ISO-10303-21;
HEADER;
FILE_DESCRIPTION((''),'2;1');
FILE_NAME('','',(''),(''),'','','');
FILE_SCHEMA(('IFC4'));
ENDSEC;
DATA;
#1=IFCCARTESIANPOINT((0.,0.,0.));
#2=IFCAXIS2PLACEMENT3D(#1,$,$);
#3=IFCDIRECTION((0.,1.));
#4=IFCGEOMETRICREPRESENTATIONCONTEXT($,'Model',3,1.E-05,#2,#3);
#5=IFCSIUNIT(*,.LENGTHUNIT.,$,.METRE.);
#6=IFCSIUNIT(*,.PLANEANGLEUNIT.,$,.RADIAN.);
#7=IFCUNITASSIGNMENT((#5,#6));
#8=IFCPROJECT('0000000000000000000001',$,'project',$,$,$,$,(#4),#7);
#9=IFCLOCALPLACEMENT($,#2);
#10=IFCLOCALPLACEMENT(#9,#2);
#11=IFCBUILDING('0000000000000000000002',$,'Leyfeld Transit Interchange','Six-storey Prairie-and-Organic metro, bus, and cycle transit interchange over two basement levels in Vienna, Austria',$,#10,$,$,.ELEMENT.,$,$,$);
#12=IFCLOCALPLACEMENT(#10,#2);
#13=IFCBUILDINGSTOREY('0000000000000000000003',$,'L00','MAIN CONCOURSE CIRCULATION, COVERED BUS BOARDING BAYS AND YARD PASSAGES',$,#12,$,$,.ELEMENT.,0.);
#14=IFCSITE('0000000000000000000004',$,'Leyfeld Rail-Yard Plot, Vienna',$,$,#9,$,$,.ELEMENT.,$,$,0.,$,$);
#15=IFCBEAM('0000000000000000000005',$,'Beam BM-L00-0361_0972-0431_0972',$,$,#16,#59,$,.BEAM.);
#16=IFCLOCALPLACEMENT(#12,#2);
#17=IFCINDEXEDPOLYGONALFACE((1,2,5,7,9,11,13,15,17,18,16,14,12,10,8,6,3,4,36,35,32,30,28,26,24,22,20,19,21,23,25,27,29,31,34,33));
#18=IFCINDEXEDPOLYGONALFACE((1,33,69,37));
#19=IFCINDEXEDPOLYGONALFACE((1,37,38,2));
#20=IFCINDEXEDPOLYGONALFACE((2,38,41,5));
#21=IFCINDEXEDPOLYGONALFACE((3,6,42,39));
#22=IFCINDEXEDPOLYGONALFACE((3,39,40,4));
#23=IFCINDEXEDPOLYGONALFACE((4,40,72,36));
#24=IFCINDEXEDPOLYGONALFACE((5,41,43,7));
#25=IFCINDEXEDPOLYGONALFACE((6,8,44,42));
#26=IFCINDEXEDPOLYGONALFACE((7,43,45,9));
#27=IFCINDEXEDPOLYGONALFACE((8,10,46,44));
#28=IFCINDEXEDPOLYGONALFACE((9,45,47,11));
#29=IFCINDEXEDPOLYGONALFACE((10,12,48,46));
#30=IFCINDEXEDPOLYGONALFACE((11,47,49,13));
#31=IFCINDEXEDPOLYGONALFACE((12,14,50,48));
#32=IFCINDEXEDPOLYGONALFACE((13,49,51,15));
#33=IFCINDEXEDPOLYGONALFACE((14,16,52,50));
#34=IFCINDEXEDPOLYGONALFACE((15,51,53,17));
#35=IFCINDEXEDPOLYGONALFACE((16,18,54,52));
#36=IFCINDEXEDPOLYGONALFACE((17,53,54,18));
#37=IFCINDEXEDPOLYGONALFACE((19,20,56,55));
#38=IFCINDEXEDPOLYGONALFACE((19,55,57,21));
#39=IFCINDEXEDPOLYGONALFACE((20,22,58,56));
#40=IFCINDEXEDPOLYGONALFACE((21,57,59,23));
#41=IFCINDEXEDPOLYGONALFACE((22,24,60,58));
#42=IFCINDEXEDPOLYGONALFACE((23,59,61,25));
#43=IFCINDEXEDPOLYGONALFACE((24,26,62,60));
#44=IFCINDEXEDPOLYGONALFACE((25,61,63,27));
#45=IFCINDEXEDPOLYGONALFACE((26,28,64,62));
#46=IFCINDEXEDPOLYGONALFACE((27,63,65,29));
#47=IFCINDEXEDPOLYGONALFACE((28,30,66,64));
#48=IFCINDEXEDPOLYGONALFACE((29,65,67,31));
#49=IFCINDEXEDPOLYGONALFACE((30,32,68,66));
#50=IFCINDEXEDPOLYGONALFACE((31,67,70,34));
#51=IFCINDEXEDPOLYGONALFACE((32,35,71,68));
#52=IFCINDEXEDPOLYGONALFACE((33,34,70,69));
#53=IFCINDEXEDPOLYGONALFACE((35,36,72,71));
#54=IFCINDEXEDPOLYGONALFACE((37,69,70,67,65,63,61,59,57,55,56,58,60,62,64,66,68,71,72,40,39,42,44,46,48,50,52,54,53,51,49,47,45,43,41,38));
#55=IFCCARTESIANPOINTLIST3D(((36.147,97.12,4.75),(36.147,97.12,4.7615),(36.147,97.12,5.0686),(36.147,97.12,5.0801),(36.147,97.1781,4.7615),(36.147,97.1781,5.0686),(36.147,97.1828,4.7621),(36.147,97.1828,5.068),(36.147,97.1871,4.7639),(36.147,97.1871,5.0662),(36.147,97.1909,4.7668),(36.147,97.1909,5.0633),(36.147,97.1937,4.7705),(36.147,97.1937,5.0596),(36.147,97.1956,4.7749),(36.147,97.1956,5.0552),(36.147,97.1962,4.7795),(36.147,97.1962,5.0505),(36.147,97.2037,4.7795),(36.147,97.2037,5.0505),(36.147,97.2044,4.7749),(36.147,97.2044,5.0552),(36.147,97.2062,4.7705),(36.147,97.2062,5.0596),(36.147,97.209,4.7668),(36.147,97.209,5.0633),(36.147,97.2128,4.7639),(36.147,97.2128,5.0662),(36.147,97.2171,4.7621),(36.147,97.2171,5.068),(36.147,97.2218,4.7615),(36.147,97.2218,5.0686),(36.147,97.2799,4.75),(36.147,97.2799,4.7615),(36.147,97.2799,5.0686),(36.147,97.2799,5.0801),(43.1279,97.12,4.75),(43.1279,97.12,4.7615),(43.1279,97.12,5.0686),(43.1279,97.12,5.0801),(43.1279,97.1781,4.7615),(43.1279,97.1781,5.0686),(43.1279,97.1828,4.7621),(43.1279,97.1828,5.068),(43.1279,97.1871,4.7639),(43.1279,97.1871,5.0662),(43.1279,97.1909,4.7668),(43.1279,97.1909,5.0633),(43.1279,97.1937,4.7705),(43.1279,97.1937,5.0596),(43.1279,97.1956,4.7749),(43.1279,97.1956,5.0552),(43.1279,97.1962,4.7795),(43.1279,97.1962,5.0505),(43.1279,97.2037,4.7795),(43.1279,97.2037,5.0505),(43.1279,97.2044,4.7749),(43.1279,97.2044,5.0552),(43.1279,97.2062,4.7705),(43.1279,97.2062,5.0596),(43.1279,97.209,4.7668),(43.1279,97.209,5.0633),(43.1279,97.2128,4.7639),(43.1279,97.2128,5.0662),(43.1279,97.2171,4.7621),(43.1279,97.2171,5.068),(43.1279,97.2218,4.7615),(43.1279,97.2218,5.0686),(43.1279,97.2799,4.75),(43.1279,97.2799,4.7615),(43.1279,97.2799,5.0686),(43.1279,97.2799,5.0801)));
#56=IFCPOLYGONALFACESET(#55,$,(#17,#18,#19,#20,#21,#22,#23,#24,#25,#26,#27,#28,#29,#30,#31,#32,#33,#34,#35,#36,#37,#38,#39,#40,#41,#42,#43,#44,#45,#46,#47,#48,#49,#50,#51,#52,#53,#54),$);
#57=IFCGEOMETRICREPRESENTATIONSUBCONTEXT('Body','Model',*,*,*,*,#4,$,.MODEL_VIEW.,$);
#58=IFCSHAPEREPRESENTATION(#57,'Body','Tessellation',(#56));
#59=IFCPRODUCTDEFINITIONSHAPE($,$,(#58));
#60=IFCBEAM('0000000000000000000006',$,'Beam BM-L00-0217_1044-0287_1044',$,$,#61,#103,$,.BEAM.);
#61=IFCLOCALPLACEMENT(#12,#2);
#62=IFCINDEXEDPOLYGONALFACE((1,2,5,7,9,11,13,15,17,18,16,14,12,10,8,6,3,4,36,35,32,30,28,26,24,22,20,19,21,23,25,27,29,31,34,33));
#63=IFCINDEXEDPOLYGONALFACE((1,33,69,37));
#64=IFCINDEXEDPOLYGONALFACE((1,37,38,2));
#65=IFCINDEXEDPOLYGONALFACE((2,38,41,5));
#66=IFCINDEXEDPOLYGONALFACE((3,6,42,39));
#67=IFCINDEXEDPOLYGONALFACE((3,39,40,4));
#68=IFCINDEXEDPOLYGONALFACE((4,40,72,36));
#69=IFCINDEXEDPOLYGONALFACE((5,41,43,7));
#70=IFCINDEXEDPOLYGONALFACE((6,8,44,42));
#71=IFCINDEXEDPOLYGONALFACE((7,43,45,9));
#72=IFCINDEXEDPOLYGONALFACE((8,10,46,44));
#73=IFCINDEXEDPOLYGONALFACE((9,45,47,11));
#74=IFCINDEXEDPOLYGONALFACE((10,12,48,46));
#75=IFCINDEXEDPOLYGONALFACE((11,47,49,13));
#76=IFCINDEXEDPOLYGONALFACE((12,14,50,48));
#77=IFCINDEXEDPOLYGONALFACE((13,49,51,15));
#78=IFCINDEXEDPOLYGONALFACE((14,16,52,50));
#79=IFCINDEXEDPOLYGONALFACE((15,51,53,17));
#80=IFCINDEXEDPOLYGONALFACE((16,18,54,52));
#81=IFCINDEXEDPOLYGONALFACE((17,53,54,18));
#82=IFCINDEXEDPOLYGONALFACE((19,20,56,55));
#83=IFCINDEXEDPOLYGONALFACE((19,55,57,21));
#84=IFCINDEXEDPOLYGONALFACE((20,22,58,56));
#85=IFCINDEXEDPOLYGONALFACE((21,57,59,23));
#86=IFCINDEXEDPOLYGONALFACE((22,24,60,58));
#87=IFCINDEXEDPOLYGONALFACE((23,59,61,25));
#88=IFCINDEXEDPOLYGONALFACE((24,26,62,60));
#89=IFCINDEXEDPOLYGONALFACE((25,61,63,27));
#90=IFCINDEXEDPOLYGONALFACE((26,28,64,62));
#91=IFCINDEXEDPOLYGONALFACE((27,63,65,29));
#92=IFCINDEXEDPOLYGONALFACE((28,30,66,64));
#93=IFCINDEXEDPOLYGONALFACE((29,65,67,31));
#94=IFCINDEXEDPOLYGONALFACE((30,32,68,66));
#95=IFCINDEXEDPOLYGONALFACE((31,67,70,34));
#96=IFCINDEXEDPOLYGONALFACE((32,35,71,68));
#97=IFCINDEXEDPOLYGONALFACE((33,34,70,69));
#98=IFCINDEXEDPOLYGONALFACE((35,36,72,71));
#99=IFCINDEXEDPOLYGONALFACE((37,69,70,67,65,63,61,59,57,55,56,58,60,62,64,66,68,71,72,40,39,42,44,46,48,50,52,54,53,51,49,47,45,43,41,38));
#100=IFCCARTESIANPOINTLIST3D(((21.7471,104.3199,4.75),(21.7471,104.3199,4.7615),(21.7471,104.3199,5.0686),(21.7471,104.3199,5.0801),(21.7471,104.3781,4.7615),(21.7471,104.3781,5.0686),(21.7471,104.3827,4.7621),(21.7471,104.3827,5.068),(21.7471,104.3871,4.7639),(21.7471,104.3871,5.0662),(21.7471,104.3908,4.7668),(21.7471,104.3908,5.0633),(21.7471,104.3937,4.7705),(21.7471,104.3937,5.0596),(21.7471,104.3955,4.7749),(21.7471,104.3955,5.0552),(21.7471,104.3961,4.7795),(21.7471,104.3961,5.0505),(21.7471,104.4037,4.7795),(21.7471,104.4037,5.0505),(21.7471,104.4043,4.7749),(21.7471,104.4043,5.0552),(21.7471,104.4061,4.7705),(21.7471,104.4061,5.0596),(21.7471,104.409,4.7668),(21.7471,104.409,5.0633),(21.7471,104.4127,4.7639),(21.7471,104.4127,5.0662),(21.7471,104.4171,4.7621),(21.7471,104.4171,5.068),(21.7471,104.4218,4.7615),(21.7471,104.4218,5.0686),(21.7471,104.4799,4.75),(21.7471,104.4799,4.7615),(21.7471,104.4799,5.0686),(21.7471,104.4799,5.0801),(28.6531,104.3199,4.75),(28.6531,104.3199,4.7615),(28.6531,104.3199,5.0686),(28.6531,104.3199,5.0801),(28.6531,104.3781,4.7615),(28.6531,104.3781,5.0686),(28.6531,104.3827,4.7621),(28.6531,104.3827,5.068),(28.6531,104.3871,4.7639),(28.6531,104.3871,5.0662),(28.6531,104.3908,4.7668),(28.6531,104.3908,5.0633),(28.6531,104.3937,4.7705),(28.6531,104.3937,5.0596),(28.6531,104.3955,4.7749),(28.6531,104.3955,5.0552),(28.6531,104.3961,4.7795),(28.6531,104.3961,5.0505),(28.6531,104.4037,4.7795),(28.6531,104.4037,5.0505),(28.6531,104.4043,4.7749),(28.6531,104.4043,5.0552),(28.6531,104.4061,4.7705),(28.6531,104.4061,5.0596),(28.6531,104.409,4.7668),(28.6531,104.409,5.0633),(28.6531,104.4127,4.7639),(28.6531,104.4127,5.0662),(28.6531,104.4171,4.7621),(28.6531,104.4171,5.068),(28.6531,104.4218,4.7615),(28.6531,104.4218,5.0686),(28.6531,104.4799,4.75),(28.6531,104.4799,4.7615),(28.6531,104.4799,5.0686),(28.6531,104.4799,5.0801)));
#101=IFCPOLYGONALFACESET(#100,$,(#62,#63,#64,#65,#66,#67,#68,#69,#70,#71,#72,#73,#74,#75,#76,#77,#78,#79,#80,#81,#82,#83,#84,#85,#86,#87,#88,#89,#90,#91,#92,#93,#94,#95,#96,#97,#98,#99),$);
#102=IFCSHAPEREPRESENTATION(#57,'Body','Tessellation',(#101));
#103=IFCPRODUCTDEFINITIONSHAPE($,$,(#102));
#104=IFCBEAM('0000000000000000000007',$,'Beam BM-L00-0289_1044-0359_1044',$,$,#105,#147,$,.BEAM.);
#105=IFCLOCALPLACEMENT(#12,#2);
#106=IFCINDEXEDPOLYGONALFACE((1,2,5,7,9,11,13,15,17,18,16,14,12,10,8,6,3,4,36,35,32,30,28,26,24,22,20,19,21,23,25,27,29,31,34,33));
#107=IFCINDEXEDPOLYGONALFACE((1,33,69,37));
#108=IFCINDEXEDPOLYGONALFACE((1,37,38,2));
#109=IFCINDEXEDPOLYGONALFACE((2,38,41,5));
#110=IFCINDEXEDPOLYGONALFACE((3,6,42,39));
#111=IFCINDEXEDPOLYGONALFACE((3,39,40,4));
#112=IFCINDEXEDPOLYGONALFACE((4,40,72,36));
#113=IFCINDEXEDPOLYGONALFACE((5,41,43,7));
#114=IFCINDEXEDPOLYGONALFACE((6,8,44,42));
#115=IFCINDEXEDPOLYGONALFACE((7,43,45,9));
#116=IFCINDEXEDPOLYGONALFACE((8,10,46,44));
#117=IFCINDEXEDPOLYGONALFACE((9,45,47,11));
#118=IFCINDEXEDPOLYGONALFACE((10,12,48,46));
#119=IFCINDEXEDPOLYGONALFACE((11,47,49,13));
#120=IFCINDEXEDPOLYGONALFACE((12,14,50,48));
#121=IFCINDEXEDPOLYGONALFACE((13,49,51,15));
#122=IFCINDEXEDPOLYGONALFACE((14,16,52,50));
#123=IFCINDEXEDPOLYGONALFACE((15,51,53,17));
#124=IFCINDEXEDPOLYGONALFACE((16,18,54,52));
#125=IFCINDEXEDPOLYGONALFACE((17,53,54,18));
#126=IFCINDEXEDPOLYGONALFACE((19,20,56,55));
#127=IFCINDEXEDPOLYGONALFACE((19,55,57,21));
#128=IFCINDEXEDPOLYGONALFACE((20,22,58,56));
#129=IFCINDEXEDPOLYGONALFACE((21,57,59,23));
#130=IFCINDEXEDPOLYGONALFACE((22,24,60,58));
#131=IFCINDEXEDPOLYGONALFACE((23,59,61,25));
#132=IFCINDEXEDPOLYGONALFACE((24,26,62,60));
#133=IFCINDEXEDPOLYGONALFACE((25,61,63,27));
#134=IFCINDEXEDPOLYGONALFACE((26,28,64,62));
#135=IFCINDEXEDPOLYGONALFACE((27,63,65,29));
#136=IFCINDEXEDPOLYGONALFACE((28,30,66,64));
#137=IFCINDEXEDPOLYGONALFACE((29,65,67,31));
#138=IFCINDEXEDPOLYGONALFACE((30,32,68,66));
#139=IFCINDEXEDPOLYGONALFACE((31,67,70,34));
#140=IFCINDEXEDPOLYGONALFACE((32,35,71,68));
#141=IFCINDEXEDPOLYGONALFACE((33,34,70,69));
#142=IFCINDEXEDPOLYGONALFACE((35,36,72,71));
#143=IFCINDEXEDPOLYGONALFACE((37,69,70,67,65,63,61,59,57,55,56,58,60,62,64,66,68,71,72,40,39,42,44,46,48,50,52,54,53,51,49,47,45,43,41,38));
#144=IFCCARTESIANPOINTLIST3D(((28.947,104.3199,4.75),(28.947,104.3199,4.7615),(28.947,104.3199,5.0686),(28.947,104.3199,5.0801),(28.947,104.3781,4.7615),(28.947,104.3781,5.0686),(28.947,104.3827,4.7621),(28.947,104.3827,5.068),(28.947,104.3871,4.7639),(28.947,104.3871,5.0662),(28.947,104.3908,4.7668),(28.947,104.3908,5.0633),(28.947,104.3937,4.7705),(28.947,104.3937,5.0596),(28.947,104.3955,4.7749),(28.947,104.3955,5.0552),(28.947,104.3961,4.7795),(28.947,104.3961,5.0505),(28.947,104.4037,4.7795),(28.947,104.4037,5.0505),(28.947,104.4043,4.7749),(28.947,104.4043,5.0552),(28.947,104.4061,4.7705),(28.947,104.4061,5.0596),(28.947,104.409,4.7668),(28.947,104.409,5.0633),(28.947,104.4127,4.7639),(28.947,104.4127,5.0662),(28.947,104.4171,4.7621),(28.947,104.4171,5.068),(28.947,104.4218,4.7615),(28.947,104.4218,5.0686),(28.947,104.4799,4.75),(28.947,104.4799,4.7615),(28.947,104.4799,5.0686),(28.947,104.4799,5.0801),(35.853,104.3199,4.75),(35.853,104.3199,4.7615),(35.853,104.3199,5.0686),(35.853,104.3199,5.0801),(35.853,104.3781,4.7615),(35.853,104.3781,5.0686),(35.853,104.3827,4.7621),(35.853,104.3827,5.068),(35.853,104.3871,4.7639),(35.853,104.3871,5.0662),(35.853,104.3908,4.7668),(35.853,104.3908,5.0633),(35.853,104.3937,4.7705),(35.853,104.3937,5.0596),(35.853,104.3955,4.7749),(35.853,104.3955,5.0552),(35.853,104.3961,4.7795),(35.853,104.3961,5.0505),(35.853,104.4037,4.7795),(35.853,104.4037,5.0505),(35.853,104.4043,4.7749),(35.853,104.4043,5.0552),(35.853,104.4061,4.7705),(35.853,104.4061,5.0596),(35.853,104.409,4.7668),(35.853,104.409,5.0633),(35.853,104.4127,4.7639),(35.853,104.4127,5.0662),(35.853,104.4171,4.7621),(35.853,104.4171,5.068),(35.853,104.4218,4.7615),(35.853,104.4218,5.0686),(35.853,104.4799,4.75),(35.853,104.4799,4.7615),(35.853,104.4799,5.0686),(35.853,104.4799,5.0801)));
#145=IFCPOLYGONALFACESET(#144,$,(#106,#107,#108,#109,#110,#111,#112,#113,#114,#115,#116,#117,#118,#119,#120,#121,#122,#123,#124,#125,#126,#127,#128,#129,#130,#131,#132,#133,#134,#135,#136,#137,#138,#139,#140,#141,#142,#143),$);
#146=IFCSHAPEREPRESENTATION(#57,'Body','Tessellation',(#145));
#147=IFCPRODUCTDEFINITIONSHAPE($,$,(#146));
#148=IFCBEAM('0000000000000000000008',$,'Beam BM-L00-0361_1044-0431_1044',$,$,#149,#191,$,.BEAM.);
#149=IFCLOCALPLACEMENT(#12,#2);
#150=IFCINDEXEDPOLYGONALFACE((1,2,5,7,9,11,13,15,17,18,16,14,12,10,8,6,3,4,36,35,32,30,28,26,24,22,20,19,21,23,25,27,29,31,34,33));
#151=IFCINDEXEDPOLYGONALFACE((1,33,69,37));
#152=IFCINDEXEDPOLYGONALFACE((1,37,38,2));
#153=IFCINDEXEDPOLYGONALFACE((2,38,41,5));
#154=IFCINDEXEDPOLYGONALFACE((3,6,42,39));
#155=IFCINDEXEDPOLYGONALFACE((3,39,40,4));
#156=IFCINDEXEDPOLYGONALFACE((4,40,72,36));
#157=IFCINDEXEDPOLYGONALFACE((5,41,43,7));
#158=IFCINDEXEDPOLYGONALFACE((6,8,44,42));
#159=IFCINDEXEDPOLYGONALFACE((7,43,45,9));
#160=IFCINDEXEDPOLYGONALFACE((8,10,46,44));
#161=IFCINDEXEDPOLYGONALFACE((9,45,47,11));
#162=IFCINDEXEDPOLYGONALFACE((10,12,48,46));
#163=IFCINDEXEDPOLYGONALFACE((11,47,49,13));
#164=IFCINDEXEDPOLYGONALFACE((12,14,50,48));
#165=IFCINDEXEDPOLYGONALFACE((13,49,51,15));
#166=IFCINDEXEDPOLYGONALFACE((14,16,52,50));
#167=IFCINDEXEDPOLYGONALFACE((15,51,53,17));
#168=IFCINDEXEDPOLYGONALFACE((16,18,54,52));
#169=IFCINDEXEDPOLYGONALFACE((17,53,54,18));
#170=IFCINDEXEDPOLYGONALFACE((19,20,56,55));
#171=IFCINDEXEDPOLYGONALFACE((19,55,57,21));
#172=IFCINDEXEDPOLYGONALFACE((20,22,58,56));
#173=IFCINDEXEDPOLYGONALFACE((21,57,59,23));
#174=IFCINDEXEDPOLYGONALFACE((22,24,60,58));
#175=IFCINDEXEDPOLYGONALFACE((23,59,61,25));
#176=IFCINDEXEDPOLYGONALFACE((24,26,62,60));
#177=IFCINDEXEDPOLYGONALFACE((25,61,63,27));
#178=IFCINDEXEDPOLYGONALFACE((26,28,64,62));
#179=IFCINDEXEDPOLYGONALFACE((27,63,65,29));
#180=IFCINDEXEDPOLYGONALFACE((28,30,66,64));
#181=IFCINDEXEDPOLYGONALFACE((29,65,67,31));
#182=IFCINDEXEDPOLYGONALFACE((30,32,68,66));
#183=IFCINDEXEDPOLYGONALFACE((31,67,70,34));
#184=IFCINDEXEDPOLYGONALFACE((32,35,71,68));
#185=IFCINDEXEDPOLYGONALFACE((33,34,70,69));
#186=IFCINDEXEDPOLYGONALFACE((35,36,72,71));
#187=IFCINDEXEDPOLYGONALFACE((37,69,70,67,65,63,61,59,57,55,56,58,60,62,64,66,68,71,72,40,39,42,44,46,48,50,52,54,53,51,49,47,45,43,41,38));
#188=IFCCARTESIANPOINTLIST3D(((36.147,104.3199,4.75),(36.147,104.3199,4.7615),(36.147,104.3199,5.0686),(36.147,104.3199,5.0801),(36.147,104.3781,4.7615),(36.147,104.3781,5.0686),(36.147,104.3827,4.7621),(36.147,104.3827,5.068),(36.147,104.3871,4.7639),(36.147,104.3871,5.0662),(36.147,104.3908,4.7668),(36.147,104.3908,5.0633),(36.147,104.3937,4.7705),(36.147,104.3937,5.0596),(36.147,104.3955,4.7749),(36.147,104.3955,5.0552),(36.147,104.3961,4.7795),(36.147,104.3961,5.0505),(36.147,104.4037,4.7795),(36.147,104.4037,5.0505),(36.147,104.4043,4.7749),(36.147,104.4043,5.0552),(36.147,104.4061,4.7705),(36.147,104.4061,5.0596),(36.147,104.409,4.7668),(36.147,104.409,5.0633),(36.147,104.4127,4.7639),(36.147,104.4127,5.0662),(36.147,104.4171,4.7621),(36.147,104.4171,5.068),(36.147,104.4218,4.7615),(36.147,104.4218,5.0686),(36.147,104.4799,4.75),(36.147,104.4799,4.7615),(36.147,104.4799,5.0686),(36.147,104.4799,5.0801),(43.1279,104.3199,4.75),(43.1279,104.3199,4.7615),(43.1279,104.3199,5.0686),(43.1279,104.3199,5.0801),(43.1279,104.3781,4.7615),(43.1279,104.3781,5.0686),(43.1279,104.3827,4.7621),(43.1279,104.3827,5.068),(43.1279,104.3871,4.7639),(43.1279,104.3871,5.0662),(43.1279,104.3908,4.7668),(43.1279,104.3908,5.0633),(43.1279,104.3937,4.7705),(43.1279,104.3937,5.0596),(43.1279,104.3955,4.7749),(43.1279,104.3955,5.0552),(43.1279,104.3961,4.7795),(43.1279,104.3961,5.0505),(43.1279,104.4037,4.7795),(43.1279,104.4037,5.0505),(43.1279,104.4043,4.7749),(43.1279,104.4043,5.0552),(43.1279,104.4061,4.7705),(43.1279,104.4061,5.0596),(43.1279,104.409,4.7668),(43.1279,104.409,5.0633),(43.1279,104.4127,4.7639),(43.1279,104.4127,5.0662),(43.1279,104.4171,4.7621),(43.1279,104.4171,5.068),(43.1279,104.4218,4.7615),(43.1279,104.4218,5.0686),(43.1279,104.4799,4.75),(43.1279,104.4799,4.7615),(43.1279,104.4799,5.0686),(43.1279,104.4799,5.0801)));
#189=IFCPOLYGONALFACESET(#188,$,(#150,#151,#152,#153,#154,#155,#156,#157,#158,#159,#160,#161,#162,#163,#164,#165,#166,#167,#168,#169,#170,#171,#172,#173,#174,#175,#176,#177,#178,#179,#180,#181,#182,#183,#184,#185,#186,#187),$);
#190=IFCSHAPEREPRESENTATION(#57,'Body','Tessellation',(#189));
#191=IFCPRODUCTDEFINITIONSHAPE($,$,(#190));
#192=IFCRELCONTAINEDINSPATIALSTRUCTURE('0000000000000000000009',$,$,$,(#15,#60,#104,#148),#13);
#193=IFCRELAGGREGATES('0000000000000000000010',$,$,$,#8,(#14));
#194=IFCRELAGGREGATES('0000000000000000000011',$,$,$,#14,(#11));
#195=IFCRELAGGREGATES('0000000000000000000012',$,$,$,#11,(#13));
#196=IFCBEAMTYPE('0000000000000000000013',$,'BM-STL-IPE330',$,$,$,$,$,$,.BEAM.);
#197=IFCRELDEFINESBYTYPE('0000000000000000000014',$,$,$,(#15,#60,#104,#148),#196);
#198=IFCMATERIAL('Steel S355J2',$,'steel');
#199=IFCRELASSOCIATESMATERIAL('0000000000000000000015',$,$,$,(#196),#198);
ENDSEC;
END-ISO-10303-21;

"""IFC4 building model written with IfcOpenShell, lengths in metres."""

from ifc_helpers import new_model, si_unit, direction, frame, origin, origin_2d, place, context, subcontext, project, spatial, i_section, extrude, material, material_profile, profile_set, type_object, element, save


model = new_model("IFC4")

# Units and contexts
model_context = context("Model", 3, precision=1e-05, world=origin(), true_north=direction((0.0, 1.0)))
body_context = subcontext(model_context, "Body", "Model", "MODEL_VIEW")
ifc_project = project(units=[si_unit("LENGTHUNIT", "METRE"), si_unit("PLANEANGLEUNIT", "RADIAN")], contexts=[model_context])

# Site, building, storey
site_placement = place(None, origin())
site = spatial("IfcSite", under=ifc_project, at=site_placement, Name="Leyfeld Rail-Yard Plot, Vienna", CompositionType="ELEMENT", RefElevation=0.0)
building_placement = place(site_placement, origin())
building = spatial("IfcBuilding", under=site, at=building_placement, Name="Leyfeld Transit Interchange", Description="Six-storey Prairie-and-Organic metro, bus, and cycle transit interchange over two basement levels in Vienna, Austria", CompositionType="ELEMENT")
storey_placement = place(building_placement, origin())
storey = spatial("IfcBuildingStorey", under=building, at=storey_placement, Name="L00", Description="MAIN CONCOURSE CIRCULATION, COVERED BUS BOARDING BAYS AND YARD PASSAGES", CompositionType="ELEMENT", Elevation=0.0)

# Beams
ifc_material_1 = material(Name="Steel S355J2", Category="steel")
ifc_material_profile_1 = material_profile(ifc_material_1, i_section(OverallWidth=0.1599, OverallDepth=0.3301, WebThickness=0.0076, FlangeThickness=0.0115, FilletRadius=0.0181, at=origin_2d()), Name="IPE 330")
ifc_profile_set_1 = profile_set([ifc_material_profile_1], Name="Steel S355J2")
beam_type_1 = type_object("IfcBeamType", Name="BM-STL-IPE330", PredefinedType="BEAM", material=ifc_profile_set_1)
beam_1_placement = place(storey_placement, frame((36.147, 97.2, 4.915), z_axis=(1.0, 0.0, 0.0), x_axis=(0.0, 1.0, 0.0)))
element("IfcBeam", 1, at=beam_1_placement, inside=storey, type_object=beam_type_1, Name="Beam BM-L00-0361_0972-0431_0972", PredefinedType="BEAM", context=body_context, shape_type="SweptSolid", body=[
    extrude(i_section(OverallWidth=0.1599, OverallDepth=0.3301, WebThickness=0.0076, FlangeThickness=0.0115, FilletRadius=0.0181, at=origin_2d()), origin(), (0.0, 0.0, 1.0), 6.981),
])
for number, where, z_axis, x_axis, name in (
    (2, (21.7471, 104.3999, 4.915), (1.0, 0.0, 0.0), (0.0, 1.0, 0.0), "Beam BM-L00-0217_1044-0287_1044"),
    (3, (28.947, 104.3999, 4.915), (1.0, 0.0, 0.0), (0.0, 1.0, 0.0), "Beam BM-L00-0289_1044-0359_1044"),
):
    element("IfcBeam", number, at=place(storey_placement, frame(where, z_axis=z_axis, x_axis=x_axis)), inside=storey, type_object=beam_type_1, Name=name, PredefinedType="BEAM", context=body_context, shape_type="SweptSolid", body=[
        extrude(i_section(OverallWidth=0.1599, OverallDepth=0.3301, WebThickness=0.0076, FlangeThickness=0.0115, FilletRadius=0.0181, at=origin_2d()), origin(), (0.0, 0.0, 1.0), 6.906),
    ])
beam_2_placement = place(storey_placement, frame((36.147, 104.3999, 4.915), z_axis=(1.0, 0.0, 0.0), x_axis=(0.0, 1.0, 0.0)))
element("IfcBeam", 4, at=beam_2_placement, inside=storey, type_object=beam_type_1, Name="Beam BM-L00-0361_1044-0431_1044", PredefinedType="BEAM", context=body_context, shape_type="SweptSolid", body=[
    extrude(i_section(OverallWidth=0.1599, OverallDepth=0.3301, WebThickness=0.0076, FlangeThickness=0.0115, FilletRadius=0.0181, at=origin_2d()), origin(), (0.0, 0.0, 1.0), 6.981),
])

save(model, "model.ifc")
